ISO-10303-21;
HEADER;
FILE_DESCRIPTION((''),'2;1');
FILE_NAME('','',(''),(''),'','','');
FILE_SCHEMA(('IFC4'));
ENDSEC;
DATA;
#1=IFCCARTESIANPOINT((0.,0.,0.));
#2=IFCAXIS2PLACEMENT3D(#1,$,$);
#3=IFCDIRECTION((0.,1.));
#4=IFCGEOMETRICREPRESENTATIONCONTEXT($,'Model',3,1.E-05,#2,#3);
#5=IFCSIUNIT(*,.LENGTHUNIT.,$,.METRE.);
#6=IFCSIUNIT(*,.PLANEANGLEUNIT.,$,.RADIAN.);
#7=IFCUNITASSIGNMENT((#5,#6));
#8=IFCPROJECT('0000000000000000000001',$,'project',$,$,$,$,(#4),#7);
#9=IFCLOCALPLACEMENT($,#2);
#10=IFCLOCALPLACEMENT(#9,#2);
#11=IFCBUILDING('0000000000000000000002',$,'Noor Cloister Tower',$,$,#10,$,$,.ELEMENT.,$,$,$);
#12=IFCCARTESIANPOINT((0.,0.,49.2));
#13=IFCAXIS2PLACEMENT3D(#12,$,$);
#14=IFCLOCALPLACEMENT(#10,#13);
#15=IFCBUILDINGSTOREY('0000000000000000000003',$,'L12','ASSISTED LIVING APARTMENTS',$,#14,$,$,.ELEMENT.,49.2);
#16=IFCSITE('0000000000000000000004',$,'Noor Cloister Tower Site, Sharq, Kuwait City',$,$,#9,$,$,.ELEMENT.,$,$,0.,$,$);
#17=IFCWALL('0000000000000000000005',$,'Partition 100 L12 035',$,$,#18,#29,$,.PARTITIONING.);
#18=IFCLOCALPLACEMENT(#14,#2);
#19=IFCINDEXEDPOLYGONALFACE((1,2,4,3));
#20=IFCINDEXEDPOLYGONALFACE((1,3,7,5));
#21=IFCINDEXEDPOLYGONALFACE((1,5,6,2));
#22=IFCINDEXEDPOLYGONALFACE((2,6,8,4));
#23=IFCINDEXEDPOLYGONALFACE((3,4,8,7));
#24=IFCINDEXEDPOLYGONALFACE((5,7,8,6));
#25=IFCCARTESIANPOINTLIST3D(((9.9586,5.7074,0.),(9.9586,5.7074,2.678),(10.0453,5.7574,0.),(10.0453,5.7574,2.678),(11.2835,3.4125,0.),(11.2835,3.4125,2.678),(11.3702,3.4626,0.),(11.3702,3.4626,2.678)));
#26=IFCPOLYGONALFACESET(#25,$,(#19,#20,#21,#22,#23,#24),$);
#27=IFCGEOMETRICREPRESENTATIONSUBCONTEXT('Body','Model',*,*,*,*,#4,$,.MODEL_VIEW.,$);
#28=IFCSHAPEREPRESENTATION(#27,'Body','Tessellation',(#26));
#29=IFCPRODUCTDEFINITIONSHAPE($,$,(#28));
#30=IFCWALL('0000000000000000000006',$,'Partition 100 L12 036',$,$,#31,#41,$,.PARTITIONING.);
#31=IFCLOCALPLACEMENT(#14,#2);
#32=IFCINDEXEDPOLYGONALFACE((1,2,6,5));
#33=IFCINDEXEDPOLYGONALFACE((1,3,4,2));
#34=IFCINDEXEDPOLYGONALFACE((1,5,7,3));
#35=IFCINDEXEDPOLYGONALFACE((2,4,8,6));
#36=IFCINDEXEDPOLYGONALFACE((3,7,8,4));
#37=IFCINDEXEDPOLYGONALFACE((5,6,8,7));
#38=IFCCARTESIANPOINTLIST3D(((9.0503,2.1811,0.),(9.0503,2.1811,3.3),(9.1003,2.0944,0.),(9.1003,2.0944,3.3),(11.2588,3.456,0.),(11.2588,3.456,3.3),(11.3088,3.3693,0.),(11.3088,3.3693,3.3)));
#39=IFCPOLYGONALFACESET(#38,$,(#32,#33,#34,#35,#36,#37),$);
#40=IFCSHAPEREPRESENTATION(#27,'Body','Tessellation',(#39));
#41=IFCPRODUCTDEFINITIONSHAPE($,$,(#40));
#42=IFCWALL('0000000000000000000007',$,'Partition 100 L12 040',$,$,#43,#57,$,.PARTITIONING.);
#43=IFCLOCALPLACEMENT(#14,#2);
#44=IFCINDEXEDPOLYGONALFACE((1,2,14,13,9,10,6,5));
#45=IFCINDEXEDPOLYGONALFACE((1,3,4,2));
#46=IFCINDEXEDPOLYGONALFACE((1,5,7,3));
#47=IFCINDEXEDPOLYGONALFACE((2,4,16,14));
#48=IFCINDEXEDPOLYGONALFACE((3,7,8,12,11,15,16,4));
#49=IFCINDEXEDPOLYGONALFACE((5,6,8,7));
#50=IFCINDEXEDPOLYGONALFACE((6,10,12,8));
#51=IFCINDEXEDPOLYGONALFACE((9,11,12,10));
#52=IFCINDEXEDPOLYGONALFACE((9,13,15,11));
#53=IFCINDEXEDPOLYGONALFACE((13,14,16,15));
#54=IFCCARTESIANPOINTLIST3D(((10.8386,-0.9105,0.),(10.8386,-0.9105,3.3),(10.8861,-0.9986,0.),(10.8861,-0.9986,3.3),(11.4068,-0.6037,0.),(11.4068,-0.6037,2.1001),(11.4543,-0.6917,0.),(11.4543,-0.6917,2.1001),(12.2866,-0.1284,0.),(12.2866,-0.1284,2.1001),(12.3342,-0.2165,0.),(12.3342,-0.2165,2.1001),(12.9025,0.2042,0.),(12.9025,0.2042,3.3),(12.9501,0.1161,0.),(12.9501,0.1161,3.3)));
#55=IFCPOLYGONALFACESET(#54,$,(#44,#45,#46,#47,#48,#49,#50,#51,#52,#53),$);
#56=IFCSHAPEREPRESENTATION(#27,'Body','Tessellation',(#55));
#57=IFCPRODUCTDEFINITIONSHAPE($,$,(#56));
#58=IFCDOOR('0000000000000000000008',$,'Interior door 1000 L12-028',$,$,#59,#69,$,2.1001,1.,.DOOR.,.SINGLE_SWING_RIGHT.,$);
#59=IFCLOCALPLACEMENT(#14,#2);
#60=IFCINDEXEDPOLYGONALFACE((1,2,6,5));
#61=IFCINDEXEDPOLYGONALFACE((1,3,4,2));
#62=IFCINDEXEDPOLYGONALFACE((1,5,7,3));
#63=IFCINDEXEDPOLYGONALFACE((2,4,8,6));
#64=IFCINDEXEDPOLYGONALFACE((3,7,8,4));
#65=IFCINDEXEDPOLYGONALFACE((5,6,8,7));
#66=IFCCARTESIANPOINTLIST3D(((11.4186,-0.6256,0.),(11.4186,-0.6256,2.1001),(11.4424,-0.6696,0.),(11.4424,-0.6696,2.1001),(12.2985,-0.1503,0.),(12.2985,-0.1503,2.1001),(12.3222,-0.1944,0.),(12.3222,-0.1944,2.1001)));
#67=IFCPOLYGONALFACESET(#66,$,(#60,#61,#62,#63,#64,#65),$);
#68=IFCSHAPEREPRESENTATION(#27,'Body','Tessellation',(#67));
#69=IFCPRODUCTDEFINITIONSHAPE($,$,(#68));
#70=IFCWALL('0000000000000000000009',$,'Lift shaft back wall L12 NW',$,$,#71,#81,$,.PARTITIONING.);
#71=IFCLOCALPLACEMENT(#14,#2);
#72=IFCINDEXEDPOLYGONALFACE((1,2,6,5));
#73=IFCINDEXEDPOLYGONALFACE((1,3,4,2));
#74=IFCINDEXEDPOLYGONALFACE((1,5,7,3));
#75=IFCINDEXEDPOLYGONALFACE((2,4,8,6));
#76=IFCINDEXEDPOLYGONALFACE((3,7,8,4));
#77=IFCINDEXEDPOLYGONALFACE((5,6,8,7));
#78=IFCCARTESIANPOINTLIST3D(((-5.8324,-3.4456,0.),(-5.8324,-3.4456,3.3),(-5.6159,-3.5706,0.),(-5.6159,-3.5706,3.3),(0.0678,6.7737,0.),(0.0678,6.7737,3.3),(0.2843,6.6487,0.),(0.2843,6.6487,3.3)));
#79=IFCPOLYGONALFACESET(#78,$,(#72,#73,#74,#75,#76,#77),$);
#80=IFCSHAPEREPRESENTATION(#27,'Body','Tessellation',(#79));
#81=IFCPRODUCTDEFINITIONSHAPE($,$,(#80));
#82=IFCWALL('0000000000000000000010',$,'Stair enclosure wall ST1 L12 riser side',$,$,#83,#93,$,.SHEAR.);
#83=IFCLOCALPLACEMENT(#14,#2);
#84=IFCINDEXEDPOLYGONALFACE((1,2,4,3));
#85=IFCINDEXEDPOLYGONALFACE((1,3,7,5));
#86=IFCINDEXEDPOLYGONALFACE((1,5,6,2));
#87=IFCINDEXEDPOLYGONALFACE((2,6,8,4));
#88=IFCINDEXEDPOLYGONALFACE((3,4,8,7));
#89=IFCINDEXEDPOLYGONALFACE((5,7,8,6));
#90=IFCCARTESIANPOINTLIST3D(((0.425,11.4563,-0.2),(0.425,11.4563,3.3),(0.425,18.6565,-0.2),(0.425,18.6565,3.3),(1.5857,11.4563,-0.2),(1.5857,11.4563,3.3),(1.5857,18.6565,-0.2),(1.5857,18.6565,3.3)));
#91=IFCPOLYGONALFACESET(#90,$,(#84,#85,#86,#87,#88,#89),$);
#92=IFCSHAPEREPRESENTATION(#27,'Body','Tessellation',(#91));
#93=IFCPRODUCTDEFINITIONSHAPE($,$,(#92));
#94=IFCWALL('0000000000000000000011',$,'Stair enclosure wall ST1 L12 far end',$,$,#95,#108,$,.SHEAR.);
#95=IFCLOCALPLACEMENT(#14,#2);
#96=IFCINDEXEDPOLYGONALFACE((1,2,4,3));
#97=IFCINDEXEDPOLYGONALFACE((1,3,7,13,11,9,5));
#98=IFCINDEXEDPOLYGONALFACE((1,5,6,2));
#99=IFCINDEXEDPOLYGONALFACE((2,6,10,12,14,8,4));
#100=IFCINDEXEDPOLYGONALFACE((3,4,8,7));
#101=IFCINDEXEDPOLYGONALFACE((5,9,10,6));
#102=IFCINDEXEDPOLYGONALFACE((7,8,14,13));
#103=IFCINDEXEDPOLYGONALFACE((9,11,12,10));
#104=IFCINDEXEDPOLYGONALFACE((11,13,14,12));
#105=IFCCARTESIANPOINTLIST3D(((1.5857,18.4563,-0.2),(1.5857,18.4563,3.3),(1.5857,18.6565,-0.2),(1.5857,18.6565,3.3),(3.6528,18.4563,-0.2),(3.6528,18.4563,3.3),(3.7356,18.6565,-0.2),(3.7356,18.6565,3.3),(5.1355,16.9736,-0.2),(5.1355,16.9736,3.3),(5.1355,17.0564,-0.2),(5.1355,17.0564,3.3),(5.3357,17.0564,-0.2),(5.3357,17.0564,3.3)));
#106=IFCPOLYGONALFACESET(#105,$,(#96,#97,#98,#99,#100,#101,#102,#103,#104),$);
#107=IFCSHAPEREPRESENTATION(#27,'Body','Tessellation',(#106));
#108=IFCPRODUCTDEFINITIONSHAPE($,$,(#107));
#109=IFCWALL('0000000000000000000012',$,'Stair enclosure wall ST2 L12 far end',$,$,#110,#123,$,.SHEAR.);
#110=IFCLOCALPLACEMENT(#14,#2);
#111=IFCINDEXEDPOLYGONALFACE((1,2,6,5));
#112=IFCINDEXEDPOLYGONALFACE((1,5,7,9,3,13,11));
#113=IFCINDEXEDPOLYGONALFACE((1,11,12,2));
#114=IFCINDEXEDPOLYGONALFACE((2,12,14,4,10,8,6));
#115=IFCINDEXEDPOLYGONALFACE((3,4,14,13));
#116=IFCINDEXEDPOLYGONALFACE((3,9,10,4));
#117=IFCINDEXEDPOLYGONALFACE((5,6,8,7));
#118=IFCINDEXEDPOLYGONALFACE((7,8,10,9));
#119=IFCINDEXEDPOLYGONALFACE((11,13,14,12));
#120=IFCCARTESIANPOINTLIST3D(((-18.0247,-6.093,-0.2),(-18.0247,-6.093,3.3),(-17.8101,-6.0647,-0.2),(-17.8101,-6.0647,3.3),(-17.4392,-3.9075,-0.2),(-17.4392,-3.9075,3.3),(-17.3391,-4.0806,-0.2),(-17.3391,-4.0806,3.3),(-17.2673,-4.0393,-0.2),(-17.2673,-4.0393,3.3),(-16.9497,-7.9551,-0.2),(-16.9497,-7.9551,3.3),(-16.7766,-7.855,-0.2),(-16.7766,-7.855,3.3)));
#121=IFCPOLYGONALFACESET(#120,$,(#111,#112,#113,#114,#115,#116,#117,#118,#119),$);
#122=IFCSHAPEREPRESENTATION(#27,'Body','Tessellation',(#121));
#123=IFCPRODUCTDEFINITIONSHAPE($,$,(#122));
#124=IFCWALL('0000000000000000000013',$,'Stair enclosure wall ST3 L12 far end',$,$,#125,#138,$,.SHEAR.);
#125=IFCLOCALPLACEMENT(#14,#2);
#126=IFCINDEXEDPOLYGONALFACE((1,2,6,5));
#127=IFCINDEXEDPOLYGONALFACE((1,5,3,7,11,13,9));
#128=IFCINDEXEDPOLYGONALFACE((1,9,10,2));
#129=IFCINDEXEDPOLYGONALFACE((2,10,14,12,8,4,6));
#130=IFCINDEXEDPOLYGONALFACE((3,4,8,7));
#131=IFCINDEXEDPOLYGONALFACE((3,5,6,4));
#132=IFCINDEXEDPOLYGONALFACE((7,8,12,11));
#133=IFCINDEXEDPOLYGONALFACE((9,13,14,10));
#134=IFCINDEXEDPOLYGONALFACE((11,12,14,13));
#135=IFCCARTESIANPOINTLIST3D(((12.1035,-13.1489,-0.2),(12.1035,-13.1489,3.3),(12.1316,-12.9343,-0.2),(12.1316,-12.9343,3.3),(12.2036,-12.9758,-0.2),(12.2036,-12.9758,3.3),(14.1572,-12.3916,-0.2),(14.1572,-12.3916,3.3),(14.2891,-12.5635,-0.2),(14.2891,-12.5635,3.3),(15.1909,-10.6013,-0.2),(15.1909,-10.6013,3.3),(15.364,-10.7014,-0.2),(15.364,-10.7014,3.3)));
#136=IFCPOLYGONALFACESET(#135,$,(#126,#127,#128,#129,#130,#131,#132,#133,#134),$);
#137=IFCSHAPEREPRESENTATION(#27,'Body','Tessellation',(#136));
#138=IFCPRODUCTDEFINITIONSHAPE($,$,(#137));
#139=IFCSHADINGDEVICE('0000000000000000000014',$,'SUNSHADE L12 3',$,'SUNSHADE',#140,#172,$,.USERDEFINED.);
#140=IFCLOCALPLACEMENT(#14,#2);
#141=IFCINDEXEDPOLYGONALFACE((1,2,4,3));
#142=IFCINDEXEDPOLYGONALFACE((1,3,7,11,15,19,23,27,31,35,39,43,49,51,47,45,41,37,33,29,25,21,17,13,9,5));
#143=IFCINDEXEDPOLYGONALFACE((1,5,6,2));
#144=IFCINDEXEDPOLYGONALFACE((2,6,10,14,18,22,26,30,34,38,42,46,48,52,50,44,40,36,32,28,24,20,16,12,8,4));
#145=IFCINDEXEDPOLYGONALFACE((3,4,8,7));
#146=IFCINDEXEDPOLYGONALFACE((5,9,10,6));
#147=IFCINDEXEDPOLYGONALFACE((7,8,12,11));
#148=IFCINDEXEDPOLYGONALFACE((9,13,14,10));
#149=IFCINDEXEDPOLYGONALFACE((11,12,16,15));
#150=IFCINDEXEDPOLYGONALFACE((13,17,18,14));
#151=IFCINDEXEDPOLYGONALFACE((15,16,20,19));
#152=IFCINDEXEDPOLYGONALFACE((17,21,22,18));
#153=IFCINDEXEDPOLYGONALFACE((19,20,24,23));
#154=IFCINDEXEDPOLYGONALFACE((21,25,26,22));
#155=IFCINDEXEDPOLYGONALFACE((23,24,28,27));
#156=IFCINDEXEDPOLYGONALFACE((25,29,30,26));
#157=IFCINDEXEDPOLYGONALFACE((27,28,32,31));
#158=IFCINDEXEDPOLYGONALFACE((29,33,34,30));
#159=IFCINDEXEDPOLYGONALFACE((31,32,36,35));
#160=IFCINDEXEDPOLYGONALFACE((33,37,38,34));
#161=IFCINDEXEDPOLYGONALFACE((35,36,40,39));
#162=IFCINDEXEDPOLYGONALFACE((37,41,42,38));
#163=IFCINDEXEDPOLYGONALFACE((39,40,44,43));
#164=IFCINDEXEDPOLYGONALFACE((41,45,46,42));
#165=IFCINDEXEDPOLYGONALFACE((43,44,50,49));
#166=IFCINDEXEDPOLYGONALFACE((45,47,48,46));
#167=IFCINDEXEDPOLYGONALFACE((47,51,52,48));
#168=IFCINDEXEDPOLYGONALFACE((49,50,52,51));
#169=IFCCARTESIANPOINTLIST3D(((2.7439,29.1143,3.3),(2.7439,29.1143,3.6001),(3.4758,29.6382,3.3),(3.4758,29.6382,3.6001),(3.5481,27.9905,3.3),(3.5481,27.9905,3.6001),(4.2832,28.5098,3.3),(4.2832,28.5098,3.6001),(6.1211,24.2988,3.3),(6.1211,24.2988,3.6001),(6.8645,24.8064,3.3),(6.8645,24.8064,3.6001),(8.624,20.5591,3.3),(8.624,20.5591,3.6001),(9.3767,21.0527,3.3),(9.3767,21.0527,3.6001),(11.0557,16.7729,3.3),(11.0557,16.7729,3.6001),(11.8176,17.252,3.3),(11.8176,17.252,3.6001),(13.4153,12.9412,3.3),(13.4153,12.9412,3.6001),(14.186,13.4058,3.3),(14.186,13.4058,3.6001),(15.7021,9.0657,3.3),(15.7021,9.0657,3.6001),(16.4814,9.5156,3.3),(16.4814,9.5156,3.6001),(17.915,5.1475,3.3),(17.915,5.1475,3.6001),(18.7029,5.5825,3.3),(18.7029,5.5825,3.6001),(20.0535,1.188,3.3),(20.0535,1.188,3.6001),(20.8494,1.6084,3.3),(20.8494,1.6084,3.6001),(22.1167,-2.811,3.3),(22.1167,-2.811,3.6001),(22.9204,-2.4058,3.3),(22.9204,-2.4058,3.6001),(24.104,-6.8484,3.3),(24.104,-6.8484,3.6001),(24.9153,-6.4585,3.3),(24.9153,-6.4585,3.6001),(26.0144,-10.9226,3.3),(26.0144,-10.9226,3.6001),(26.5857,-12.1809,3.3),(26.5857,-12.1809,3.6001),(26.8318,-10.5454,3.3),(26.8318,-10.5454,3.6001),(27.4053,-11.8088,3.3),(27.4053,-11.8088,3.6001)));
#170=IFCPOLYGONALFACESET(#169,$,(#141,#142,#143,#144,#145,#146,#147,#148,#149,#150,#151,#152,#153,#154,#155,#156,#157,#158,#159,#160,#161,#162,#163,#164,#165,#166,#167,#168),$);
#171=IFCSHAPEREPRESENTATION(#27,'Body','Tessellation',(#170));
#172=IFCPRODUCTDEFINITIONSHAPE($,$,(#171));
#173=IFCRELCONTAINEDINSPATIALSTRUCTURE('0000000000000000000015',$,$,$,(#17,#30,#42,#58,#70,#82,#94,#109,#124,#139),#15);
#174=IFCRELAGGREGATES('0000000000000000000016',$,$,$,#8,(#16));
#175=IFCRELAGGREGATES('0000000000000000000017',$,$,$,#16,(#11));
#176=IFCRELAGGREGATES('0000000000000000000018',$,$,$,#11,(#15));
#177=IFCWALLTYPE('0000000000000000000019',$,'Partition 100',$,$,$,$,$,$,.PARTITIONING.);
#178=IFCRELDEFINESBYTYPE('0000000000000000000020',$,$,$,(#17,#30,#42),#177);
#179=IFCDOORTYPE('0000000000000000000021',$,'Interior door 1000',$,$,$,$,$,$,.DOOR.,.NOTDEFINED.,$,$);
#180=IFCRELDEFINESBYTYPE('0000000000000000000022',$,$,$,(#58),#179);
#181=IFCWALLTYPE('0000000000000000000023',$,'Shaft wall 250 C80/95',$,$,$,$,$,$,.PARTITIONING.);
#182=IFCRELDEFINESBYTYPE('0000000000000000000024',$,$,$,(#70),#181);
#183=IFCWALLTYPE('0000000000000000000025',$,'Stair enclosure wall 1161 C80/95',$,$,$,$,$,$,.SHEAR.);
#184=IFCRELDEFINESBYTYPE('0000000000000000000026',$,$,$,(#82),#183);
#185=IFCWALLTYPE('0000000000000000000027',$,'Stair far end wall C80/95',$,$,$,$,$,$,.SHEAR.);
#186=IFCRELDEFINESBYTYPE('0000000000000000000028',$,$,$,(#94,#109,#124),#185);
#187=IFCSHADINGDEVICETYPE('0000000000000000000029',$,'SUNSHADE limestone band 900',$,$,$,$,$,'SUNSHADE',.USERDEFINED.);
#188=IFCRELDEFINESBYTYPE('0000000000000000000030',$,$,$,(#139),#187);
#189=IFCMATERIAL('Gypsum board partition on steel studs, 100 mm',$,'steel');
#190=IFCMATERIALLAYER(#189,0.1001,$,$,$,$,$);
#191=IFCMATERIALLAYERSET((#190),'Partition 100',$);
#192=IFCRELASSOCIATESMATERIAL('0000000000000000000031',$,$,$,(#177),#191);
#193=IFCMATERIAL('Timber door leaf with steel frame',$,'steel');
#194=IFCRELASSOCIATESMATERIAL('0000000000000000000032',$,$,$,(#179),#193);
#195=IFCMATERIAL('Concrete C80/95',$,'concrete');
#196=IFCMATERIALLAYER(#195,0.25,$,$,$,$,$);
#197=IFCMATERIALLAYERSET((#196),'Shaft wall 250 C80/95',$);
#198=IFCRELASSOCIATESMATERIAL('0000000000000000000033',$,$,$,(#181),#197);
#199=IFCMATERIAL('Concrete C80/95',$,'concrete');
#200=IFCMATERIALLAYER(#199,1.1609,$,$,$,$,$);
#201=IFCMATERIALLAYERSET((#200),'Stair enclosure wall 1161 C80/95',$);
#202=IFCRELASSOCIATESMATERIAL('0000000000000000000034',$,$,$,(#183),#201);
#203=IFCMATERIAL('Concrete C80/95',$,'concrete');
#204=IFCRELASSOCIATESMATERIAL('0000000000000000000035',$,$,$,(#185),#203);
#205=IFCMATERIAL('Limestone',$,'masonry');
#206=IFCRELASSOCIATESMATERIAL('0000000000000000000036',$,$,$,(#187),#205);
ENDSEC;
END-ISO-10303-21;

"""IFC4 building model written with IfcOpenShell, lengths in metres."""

from ifc_helpers import new_model, si_unit, direction, frame, frame_2d, origin, place, context, subcontext, project, spatial, polyline, rectangle, outline, extrude, material, layer, layer_set, type_object, element, fill, save


model = new_model("IFC4")

# Units and contexts
model_context = context("Model", 3, precision=1e-05, world=origin(), true_north=direction((0.0, 1.0)))
body_context = subcontext(model_context, "Body", "Model", "MODEL_VIEW")
ifc_project = project(units=[si_unit("LENGTHUNIT", "METRE"), si_unit("PLANEANGLEUNIT", "RADIAN")], contexts=[model_context])

# Site, building, storey
site_placement = place(None, origin())
site = spatial("IfcSite", under=ifc_project, at=site_placement, Name="Noor Cloister Tower Site, Sharq, Kuwait City", CompositionType="ELEMENT", RefElevation=0.0)
building_placement = place(site_placement, origin())
building = spatial("IfcBuilding", under=site, at=building_placement, Name="Noor Cloister Tower", CompositionType="ELEMENT")
storey_placement = place(building_placement, frame((0.0, 0.0, 49.2)))
storey = spatial("IfcBuildingStorey", under=building, at=storey_placement, Name="L12", Description="ASSISTED LIVING APARTMENTS", CompositionType="ELEMENT", Elevation=49.2)

# Walls
ifc_material_1 = material(Name="Gypsum board partition on steel studs, 100 mm", Category="steel")
ifc_layer_1 = layer(ifc_material_1, 0.1001)
ifc_layer_set_1 = layer_set([ifc_layer_1], Name="Partition 100")
wall_type_1 = type_object("IfcWallType", Name="Partition 100", PredefinedType="PARTITIONING", material=ifc_layer_set_1)
wall_1_placement = place(storey_placement, frame((10.002, 5.7324, 0.0), z_axis=(0.0, 0.0, 1.0), x_axis=(0.499994, -0.866029, 0.0)))
element("IfcWall", 1, at=wall_1_placement, inside=storey, type_object=wall_type_1, Name="Partition 100 L12 035", PredefinedType="PARTITIONING", context=body_context, shape_type="SweptSolid", body=[
    extrude(rectangle(XDim=2.6499, YDim=0.1001, at=frame_2d((1.325, 0.0))), origin(), (0.0, 0.0, 1.0), 2.678),
])
wall_2_placement = place(storey_placement, frame((11.2837, 3.4126, 0.0), z_axis=(0.0, 0.0, 1.0), x_axis=(-0.866055, -0.499949, 0.0)))
element("IfcWall", 2, at=wall_2_placement, inside=storey, type_object=wall_type_1, Name="Partition 100 L12 036", PredefinedType="PARTITIONING", context=body_context, shape_type="SweptSolid", body=[
    extrude(rectangle(XDim=2.55, YDim=0.1001, at=frame_2d((1.2749, 0.0))), origin(), (0.0, 0.0, 1.0), 3.3),
])

# Wall, opening, door
wall_3_placement = place(storey_placement, frame((12.9263, 0.1602, 0.0), z_axis=(0.0, 0.0, 1.0), x_axis=(-0.879869, -0.475217, 0.0)))
wall_3 = element("IfcWall", 3, at=wall_3_placement, inside=storey, type_object=wall_type_1, Name="Partition 100 L12 040", PredefinedType="PARTITIONING", context=body_context, shape_type="SweptSolid", body=[
    extrude(rectangle(XDim=2.3457, YDim=0.1001, at=frame_2d((1.1729, 0.0))), origin(), (0.0, 0.0, 1.0), 3.3),
])
opening_1_placement = place(wall_3_placement, frame((0.7, 0.0, 0.0)))
opening_1 = element("IfcOpeningElement", 4, at=opening_1_placement, cuts=wall_3, PredefinedType="OPENING", context=body_context, shape_type="SweptSolid", body=[
    extrude(rectangle(XDim=1.0, YDim=2.1001, at=frame_2d((0.5, 1.05))), frame((0.0, 0.0601, 0.0), z_axis=(0.0, -1.0, 0.0), x_axis=(1.0, 0.0, 0.0)), (0.0, 0.0, 1.0), 0.1201),
])
ifc_material_2 = material(Name="Timber door leaf with steel frame", Category="steel")
door_type_1 = type_object("IfcDoorType", Name="Interior door 1000", OperationType="NOTDEFINED", PredefinedType="DOOR", material=ifc_material_2)
door_1_placement = place(opening_1_placement, origin())
door_1 = element("IfcDoor", 5, at=door_1_placement, inside=storey, type_object=door_type_1, Name="Interior door 1000 L12-028", OperationType="SINGLE_SWING_RIGHT", OverallHeight=2.1001, OverallWidth=1.0, PredefinedType="DOOR", context=body_context, shape_type="SweptSolid", body=[
    extrude(rectangle(XDim=1.0, YDim=2.1001, at=frame_2d((0.5, 1.05))), frame((0.0, 0.0249, 0.0), z_axis=(0.0, -1.0, 0.0), x_axis=(1.0, 0.0, 0.0)), (0.0, 0.0, 1.0), 0.05),
])
fill(opening_1, door_1)

# Walls
ifc_material_3 = material(Name="Concrete C80/95", Category="concrete")
ifc_layer_2 = layer(ifc_material_3, 0.25)
ifc_layer_set_2 = layer_set([ifc_layer_2], Name="Shaft wall 250 C80/95")
wall_type_2 = type_object("IfcWallType", Name="Shaft wall 250 C80/95", PredefinedType="PARTITIONING", material=ifc_layer_set_2)
wall_4_placement = place(storey_placement, frame((0.176, 6.7112, 0.0), z_axis=(0.0, 0.0, 1.0), x_axis=(-0.500004, -0.866023, 0.0)))
element("IfcWall", 6, at=wall_4_placement, inside=storey, type_object=wall_type_2, Name="Lift shaft back wall L12 NW", PredefinedType="PARTITIONING", context=body_context, shape_type="SweptSolid", body=[
    extrude(rectangle(XDim=11.8003, YDim=0.25, at=frame_2d((5.9001, 0.0))), origin(), (0.0, 0.0, 1.0), 3.3),
])
ifc_material_4 = material(Name="Concrete C80/95", Category="concrete")
ifc_layer_3 = layer(ifc_material_4, 1.1609)
ifc_layer_set_3 = layer_set([ifc_layer_3], Name="Stair enclosure wall 1161 C80/95")
wall_type_3 = type_object("IfcWallType", Name="Stair enclosure wall 1161 C80/95", PredefinedType="SHEAR", material=ifc_layer_set_3)
wall_5_placement = place(storey_placement, frame((1.0054, 11.4563, -0.2), z_axis=(0.0, 0.0, 1.0), x_axis=(0.0, 1.0, 0.0)))
element("IfcWall", 7, at=wall_5_placement, inside=storey, type_object=wall_type_3, Name="Stair enclosure wall ST1 L12 riser side", PredefinedType="SHEAR", context=body_context, shape_type="SweptSolid", body=[
    extrude(rectangle(XDim=7.2002, YDim=1.1606, at=frame_2d((3.6001, 0.0))), origin(), (0.0, 0.0, 1.0), 3.5),
])
ifc_material_5 = material(Name="Concrete C80/95", Category="concrete")
wall_type_4 = type_object("IfcWallType", Name="Stair far end wall C80/95", PredefinedType="SHEAR", material=ifc_material_5)
wall_6_placement = place(storey_placement, frame((0.0, 0.0, -0.2)))
element("IfcWall", 8, at=wall_6_placement, inside=storey, type_object=wall_type_4, Name="Stair enclosure wall ST1 L12 far end", PredefinedType="SHEAR", context=body_context, shape_type="SweptSolid", body=[
    extrude(outline(polyline([(5.3357, 17.0564), (3.7356, 18.6565), (1.5857, 18.6565), (1.5857, 18.4563), (3.6528, 18.4563), (5.1355, 16.9736), (5.1355, 17.0564), (5.1355, 17.0564), (5.1355, 17.0564), (5.1355, 17.0564), (5.1355, 17.0564), (5.1355, 17.0564), (5.1355, 17.0564), (5.1355, 17.0564), (5.1355, 17.0564), (5.1355, 17.0564), (5.1355, 17.0564), (5.1355, 17.0564), (5.1355, 17.0564), (5.1355, 17.0564), (5.1355, 17.0564), (5.1355, 17.0564), (5.1355, 17.0564), (5.3357, 17.0564)])), origin(), (0.0, 0.0, 1.0), 3.5),
])
wall_7_placement = place(storey_placement, frame((0.0, 0.0, -0.2)))
element("IfcWall", 9, at=wall_7_placement, inside=storey, type_object=wall_type_4, Name="Stair enclosure wall ST2 L12 far end", PredefinedType="SHEAR", context=body_context, shape_type="SweptSolid", body=[
    extrude(outline(polyline([(-17.4392, -3.9075), (-18.0247, -6.093), (-16.9497, -7.9551), (-16.7766, -7.855), (-17.8101, -6.0647), (-17.2673, -4.0393), (-17.3391, -4.0806), (-17.3391, -4.0806), (-17.3391, -4.0806), (-17.3391, -4.0806), (-17.3391, -4.0806), (-17.3391, -4.0806), (-17.3391, -4.0806), (-17.3391, -4.0806), (-17.3391, -4.0806), (-17.3391, -4.0806), (-17.3391, -4.0806), (-17.3391, -4.0806), (-17.3391, -4.0806), (-17.3391, -4.0806), (-17.3391, -4.0806), (-17.3391, -4.0806), (-17.3391, -4.0806), (-17.4392, -3.9075)])), origin(), (0.0, 0.0, 1.0), 3.5),
])
wall_8_placement = place(storey_placement, frame((0.0, 0.0, -0.2)))
element("IfcWall", 10, at=wall_8_placement, inside=storey, type_object=wall_type_4, Name="Stair enclosure wall ST3 L12 far end", PredefinedType="SHEAR", context=body_context, shape_type="SweptSolid", body=[
    extrude(outline(polyline([(12.1035, -13.1489), (14.2891, -12.5635), (15.364, -10.7014), (15.1909, -10.6013), (14.1572, -12.3916), (12.1316, -12.9343), (12.2036, -12.9758), (12.2036, -12.9758), (12.2036, -12.9758), (12.2036, -12.9758), (12.2036, -12.9758), (12.2036, -12.9758), (12.2036, -12.9758), (12.2036, -12.9758), (12.2036, -12.9758), (12.2036, -12.9758), (12.2036, -12.9758), (12.2036, -12.9758), (12.2036, -12.9758), (12.2036, -12.9758), (12.2036, -12.9758), (12.2036, -12.9758), (12.2036, -12.9758), (12.1035, -13.1489)])), origin(), (0.0, 0.0, 1.0), 3.5),
])

# Shading device
ifc_material_6 = material(Name="Limestone", Category="masonry")
shading_device_type = type_object("IfcShadingDeviceType", Name="SUNSHADE limestone band 900", ElementType="SUNSHADE", PredefinedType="USERDEFINED", material=ifc_material_6)
shading_device_1_placement = place(storey_placement, frame((0.0, 0.0, 3.3)))
element("IfcShadingDevice", 11, at=shading_device_1_placement, inside=storey, type_object=shading_device_type, Name="SUNSHADE L12 3", ObjectType="SUNSHADE", PredefinedType="USERDEFINED", context=body_context, shape_type="SweptSolid", body=[
    extrude(outline(polyline([(27.4053, -11.8088), (26.8318, -10.5454), (24.9153, -6.4585), (22.9204, -2.4058), (20.8494, 1.6084), (18.7029, 5.5825), (16.4814, 9.5156), (14.186, 13.4058), (11.8176, 17.252), (9.3767, 21.0527), (6.8645, 24.8064), (4.2832, 28.5098), (3.4758, 29.6382), (2.7439, 29.1143), (3.5481, 27.9905), (6.1211, 24.2988), (8.624, 20.5591), (11.0557, 16.7729), (13.4153, 12.9412), (15.7021, 9.0657), (17.915, 5.1475), (20.0535, 1.188), (22.1167, -2.811), (24.104, -6.8484), (26.0144, -10.9226), (26.5857, -12.1809), (27.4053, -11.8088)])), origin(), (0.0, 0.0, 1.0), 0.3),
])

save(model, "model.ifc")
